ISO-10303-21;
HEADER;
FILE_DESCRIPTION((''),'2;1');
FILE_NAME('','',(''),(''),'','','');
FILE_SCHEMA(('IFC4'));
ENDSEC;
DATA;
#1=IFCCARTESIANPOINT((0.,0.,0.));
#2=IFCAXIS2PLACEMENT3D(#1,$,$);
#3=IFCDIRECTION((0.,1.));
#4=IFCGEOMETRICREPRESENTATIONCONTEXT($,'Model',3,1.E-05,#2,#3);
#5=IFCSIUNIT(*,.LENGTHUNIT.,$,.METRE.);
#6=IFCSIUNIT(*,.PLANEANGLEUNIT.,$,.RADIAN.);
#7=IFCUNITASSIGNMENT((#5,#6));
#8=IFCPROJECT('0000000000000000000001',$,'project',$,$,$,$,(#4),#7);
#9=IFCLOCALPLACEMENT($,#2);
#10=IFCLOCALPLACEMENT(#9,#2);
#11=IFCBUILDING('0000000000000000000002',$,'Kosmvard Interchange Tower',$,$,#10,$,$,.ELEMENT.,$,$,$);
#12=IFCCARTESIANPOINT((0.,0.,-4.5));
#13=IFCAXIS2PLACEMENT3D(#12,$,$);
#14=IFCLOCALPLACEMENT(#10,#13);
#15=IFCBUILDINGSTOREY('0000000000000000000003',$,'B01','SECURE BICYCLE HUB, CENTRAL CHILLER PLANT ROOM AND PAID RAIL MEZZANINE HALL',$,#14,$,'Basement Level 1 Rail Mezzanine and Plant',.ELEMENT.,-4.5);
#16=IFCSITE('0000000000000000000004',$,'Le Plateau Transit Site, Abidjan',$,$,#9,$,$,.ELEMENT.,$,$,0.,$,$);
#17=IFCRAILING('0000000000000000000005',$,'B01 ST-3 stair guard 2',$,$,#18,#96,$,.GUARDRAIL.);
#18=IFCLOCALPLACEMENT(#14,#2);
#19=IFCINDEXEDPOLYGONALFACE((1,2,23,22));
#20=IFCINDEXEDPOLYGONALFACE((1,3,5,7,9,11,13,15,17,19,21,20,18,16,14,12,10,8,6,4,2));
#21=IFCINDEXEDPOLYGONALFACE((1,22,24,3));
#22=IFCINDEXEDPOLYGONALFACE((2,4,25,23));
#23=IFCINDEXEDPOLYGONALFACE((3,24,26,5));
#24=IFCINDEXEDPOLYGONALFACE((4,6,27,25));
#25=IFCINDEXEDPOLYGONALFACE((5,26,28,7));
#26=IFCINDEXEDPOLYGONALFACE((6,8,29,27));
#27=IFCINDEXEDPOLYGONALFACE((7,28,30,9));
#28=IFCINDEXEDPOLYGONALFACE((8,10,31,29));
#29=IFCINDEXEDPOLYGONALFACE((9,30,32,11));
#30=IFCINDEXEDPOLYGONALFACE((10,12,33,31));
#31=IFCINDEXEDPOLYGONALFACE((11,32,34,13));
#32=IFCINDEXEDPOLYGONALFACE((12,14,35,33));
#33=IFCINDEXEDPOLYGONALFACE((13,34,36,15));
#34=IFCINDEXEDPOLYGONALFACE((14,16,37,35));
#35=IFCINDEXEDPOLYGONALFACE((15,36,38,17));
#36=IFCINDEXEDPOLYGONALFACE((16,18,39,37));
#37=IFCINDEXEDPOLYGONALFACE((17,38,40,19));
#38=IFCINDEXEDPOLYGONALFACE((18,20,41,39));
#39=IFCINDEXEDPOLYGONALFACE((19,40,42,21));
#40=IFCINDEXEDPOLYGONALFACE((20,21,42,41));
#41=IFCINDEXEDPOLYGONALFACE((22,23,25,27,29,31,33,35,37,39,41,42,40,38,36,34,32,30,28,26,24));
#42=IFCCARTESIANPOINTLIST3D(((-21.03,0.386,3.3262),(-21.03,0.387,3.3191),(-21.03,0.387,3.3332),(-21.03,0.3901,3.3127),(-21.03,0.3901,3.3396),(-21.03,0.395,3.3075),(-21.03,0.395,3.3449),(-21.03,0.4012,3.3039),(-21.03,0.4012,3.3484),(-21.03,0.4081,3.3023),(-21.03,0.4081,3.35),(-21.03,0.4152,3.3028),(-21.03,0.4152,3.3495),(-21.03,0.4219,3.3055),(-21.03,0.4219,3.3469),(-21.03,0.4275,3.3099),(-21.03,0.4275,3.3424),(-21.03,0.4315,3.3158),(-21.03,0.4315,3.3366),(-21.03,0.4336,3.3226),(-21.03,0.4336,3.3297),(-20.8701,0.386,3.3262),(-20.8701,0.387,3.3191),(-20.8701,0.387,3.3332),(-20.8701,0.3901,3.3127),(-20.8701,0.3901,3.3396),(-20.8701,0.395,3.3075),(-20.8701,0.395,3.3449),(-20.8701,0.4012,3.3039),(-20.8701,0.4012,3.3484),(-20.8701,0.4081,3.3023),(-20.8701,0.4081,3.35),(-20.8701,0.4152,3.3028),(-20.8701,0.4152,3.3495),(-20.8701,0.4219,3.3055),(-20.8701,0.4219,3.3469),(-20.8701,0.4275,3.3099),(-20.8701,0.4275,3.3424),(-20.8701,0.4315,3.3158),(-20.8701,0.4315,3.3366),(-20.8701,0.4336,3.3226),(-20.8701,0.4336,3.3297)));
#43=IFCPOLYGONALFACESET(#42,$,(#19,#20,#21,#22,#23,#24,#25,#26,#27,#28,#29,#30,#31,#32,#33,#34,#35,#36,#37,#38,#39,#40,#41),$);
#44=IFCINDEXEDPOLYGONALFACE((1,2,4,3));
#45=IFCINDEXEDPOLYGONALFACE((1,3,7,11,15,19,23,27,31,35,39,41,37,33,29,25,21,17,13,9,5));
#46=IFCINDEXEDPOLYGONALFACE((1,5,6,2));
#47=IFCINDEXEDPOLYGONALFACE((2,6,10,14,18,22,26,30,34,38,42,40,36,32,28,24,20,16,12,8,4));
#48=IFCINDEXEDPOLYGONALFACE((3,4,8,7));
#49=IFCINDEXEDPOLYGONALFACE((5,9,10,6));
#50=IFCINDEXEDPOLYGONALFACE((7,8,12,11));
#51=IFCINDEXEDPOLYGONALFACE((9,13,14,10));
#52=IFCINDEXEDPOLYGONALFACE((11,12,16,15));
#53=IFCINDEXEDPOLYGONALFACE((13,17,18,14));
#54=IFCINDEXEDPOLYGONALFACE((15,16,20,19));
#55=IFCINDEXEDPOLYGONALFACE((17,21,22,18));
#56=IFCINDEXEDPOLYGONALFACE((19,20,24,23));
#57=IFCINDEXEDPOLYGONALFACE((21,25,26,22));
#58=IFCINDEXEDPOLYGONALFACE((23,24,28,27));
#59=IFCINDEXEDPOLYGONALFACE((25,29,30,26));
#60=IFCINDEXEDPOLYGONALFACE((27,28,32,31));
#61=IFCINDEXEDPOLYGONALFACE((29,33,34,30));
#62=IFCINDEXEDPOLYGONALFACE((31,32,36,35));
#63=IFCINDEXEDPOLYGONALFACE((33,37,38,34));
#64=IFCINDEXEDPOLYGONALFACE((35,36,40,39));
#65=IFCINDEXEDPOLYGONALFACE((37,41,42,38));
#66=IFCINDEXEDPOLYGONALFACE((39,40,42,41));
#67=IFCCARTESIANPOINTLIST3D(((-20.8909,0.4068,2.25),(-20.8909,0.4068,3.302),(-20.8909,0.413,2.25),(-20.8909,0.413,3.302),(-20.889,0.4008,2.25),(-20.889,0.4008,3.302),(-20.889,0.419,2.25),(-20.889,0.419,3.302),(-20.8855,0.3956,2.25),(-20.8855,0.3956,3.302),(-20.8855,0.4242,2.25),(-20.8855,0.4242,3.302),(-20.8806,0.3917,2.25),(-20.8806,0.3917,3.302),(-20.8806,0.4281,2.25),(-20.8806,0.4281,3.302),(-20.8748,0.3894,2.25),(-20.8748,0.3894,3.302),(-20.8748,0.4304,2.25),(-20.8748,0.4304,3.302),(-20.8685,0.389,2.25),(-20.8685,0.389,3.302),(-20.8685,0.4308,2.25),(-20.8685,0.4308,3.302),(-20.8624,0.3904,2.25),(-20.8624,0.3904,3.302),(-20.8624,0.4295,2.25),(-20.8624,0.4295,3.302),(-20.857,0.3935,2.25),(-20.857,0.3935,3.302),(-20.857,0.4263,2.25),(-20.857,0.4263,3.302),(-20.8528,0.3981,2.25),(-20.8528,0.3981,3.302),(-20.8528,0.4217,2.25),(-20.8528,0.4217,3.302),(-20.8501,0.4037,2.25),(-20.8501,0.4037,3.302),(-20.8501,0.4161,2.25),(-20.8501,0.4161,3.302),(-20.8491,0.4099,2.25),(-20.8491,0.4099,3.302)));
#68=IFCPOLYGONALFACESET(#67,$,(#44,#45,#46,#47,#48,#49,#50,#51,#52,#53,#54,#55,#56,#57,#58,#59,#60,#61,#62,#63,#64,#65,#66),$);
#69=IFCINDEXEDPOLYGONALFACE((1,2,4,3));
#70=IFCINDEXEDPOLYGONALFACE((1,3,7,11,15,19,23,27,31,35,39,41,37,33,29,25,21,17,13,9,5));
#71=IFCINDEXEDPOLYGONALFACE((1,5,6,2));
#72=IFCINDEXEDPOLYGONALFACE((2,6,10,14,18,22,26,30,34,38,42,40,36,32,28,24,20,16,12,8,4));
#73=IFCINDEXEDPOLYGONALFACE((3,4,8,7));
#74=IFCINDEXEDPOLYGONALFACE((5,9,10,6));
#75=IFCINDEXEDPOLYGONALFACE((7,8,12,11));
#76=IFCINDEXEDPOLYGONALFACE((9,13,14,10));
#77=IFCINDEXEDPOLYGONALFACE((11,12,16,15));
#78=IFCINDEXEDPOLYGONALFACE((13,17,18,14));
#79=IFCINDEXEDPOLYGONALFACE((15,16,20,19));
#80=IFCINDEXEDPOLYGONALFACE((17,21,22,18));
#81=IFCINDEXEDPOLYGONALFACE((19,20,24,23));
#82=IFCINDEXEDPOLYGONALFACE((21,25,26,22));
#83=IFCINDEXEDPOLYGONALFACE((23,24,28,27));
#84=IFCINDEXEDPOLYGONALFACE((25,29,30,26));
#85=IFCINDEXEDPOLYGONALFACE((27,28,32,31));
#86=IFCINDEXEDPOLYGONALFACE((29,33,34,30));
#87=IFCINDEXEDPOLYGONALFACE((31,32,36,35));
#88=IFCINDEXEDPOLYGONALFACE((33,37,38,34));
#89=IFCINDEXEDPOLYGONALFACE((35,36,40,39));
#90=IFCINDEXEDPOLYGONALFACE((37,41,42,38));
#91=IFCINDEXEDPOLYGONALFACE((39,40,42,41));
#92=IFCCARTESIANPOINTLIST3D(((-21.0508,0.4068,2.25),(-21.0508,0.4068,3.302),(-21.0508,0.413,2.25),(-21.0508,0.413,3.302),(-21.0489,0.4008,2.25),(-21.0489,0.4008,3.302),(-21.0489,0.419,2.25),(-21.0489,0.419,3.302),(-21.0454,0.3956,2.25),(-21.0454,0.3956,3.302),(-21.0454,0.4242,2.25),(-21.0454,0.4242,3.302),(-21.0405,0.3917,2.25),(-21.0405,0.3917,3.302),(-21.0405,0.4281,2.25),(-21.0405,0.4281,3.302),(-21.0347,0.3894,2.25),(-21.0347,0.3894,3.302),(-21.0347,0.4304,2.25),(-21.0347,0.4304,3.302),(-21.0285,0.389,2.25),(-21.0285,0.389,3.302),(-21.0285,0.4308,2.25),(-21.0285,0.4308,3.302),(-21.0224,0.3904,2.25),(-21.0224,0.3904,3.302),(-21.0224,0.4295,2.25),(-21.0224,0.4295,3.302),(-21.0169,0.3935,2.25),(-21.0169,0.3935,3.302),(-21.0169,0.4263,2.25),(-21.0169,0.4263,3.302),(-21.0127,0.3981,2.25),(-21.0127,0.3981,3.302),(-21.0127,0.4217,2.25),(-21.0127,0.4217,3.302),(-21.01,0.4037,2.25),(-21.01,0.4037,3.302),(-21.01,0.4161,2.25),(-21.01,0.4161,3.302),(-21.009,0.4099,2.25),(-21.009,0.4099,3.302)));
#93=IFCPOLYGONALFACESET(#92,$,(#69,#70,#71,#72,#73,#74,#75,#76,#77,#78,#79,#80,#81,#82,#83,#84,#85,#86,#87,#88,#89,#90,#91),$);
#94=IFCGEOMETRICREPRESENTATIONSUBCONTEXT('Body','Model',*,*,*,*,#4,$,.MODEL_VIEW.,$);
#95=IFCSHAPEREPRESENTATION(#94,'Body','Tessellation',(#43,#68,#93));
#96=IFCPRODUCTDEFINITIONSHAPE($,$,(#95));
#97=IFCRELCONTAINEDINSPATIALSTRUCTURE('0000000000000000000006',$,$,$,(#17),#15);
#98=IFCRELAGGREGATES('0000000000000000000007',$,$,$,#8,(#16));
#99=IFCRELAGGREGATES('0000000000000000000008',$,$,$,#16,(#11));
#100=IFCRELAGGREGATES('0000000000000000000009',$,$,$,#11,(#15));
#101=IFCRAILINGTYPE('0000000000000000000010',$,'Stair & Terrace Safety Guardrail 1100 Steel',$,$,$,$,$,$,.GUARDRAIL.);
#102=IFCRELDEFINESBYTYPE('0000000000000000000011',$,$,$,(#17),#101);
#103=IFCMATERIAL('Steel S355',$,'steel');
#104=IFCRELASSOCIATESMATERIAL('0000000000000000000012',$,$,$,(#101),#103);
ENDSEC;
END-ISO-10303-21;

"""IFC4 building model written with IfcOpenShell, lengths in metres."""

from ifc_helpers import new_model, si_unit, direction, frame, origin, origin_2d, place, context, subcontext, project, spatial, circle, extrude, source, transform, mapped, material, type_object, element, save


model = new_model("IFC4")

# Units and contexts
model_context = context("Model", 3, precision=1e-05, world=origin(), true_north=direction((0.0, 1.0)))
body_context = subcontext(model_context, "Body", "Model", "MODEL_VIEW")
ifc_project = project(units=[si_unit("LENGTHUNIT", "METRE"), si_unit("PLANEANGLEUNIT", "RADIAN")], contexts=[model_context])

# Site, building, storey
site_placement = place(None, origin())
site = spatial("IfcSite", under=ifc_project, at=site_placement, Name="Le Plateau Transit Site, Abidjan", CompositionType="ELEMENT", RefElevation=0.0)
building_placement = place(site_placement, origin())
building = spatial("IfcBuilding", under=site, at=building_placement, Name="Kosmvard Interchange Tower", CompositionType="ELEMENT")
storey_placement = place(building_placement, frame((0.0, 0.0, -4.5)))
storey = spatial("IfcBuildingStorey", under=building, at=storey_placement, Name="B01", Description="SECURE BICYCLE HUB, CENTRAL CHILLER PLANT ROOM AND PAID RAIL MEZZANINE HALL", LongName="Basement Level 1 Rail Mezzanine and Plant", CompositionType="ELEMENT", Elevation=-4.5)

# Railing
ifc_material_1 = material(Name="Steel S355", Category="steel")
railing_type_1 = type_object("IfcRailingType", Name="Stair & Terrace Safety Guardrail 1100 Steel", PredefinedType="GUARDRAIL", material=ifc_material_1)
shared_shape_1 = source(origin(), body_context, "Body", "SweptSolid", [
    extrude(circle(Radius=0.0239, at=origin_2d()), frame((0.0, 0.0, 1.0762), z_axis=(-1.0, 0.0, 0.0), x_axis=(0.0, -1.0, 0.0)), (0.0, 0.0, 1.0), 0.1599),
    extrude(circle(Radius=0.021, at=origin_2d()), origin(), (0.0, 0.0, 1.0), 1.052),
    extrude(circle(Radius=0.021, at=origin_2d()), frame((-0.1599, 0.0, 0.0)), (0.0, 0.0, 1.0), 1.052),
])
railing_1_placement = place(storey_placement, frame((-20.8701, 0.4099, 2.25)))
element("IfcRailing", 1, at=railing_1_placement, inside=storey, type_object=railing_type_1, Name="B01 ST-3 stair guard 2", PredefinedType="GUARDRAIL", context=body_context, shape_type="MappedRepresentation", body=[
    mapped(shared_shape_1, transform((0.0, 0.0, 0.0), scale=1.0)),
])

save(model, "model.ifc")
